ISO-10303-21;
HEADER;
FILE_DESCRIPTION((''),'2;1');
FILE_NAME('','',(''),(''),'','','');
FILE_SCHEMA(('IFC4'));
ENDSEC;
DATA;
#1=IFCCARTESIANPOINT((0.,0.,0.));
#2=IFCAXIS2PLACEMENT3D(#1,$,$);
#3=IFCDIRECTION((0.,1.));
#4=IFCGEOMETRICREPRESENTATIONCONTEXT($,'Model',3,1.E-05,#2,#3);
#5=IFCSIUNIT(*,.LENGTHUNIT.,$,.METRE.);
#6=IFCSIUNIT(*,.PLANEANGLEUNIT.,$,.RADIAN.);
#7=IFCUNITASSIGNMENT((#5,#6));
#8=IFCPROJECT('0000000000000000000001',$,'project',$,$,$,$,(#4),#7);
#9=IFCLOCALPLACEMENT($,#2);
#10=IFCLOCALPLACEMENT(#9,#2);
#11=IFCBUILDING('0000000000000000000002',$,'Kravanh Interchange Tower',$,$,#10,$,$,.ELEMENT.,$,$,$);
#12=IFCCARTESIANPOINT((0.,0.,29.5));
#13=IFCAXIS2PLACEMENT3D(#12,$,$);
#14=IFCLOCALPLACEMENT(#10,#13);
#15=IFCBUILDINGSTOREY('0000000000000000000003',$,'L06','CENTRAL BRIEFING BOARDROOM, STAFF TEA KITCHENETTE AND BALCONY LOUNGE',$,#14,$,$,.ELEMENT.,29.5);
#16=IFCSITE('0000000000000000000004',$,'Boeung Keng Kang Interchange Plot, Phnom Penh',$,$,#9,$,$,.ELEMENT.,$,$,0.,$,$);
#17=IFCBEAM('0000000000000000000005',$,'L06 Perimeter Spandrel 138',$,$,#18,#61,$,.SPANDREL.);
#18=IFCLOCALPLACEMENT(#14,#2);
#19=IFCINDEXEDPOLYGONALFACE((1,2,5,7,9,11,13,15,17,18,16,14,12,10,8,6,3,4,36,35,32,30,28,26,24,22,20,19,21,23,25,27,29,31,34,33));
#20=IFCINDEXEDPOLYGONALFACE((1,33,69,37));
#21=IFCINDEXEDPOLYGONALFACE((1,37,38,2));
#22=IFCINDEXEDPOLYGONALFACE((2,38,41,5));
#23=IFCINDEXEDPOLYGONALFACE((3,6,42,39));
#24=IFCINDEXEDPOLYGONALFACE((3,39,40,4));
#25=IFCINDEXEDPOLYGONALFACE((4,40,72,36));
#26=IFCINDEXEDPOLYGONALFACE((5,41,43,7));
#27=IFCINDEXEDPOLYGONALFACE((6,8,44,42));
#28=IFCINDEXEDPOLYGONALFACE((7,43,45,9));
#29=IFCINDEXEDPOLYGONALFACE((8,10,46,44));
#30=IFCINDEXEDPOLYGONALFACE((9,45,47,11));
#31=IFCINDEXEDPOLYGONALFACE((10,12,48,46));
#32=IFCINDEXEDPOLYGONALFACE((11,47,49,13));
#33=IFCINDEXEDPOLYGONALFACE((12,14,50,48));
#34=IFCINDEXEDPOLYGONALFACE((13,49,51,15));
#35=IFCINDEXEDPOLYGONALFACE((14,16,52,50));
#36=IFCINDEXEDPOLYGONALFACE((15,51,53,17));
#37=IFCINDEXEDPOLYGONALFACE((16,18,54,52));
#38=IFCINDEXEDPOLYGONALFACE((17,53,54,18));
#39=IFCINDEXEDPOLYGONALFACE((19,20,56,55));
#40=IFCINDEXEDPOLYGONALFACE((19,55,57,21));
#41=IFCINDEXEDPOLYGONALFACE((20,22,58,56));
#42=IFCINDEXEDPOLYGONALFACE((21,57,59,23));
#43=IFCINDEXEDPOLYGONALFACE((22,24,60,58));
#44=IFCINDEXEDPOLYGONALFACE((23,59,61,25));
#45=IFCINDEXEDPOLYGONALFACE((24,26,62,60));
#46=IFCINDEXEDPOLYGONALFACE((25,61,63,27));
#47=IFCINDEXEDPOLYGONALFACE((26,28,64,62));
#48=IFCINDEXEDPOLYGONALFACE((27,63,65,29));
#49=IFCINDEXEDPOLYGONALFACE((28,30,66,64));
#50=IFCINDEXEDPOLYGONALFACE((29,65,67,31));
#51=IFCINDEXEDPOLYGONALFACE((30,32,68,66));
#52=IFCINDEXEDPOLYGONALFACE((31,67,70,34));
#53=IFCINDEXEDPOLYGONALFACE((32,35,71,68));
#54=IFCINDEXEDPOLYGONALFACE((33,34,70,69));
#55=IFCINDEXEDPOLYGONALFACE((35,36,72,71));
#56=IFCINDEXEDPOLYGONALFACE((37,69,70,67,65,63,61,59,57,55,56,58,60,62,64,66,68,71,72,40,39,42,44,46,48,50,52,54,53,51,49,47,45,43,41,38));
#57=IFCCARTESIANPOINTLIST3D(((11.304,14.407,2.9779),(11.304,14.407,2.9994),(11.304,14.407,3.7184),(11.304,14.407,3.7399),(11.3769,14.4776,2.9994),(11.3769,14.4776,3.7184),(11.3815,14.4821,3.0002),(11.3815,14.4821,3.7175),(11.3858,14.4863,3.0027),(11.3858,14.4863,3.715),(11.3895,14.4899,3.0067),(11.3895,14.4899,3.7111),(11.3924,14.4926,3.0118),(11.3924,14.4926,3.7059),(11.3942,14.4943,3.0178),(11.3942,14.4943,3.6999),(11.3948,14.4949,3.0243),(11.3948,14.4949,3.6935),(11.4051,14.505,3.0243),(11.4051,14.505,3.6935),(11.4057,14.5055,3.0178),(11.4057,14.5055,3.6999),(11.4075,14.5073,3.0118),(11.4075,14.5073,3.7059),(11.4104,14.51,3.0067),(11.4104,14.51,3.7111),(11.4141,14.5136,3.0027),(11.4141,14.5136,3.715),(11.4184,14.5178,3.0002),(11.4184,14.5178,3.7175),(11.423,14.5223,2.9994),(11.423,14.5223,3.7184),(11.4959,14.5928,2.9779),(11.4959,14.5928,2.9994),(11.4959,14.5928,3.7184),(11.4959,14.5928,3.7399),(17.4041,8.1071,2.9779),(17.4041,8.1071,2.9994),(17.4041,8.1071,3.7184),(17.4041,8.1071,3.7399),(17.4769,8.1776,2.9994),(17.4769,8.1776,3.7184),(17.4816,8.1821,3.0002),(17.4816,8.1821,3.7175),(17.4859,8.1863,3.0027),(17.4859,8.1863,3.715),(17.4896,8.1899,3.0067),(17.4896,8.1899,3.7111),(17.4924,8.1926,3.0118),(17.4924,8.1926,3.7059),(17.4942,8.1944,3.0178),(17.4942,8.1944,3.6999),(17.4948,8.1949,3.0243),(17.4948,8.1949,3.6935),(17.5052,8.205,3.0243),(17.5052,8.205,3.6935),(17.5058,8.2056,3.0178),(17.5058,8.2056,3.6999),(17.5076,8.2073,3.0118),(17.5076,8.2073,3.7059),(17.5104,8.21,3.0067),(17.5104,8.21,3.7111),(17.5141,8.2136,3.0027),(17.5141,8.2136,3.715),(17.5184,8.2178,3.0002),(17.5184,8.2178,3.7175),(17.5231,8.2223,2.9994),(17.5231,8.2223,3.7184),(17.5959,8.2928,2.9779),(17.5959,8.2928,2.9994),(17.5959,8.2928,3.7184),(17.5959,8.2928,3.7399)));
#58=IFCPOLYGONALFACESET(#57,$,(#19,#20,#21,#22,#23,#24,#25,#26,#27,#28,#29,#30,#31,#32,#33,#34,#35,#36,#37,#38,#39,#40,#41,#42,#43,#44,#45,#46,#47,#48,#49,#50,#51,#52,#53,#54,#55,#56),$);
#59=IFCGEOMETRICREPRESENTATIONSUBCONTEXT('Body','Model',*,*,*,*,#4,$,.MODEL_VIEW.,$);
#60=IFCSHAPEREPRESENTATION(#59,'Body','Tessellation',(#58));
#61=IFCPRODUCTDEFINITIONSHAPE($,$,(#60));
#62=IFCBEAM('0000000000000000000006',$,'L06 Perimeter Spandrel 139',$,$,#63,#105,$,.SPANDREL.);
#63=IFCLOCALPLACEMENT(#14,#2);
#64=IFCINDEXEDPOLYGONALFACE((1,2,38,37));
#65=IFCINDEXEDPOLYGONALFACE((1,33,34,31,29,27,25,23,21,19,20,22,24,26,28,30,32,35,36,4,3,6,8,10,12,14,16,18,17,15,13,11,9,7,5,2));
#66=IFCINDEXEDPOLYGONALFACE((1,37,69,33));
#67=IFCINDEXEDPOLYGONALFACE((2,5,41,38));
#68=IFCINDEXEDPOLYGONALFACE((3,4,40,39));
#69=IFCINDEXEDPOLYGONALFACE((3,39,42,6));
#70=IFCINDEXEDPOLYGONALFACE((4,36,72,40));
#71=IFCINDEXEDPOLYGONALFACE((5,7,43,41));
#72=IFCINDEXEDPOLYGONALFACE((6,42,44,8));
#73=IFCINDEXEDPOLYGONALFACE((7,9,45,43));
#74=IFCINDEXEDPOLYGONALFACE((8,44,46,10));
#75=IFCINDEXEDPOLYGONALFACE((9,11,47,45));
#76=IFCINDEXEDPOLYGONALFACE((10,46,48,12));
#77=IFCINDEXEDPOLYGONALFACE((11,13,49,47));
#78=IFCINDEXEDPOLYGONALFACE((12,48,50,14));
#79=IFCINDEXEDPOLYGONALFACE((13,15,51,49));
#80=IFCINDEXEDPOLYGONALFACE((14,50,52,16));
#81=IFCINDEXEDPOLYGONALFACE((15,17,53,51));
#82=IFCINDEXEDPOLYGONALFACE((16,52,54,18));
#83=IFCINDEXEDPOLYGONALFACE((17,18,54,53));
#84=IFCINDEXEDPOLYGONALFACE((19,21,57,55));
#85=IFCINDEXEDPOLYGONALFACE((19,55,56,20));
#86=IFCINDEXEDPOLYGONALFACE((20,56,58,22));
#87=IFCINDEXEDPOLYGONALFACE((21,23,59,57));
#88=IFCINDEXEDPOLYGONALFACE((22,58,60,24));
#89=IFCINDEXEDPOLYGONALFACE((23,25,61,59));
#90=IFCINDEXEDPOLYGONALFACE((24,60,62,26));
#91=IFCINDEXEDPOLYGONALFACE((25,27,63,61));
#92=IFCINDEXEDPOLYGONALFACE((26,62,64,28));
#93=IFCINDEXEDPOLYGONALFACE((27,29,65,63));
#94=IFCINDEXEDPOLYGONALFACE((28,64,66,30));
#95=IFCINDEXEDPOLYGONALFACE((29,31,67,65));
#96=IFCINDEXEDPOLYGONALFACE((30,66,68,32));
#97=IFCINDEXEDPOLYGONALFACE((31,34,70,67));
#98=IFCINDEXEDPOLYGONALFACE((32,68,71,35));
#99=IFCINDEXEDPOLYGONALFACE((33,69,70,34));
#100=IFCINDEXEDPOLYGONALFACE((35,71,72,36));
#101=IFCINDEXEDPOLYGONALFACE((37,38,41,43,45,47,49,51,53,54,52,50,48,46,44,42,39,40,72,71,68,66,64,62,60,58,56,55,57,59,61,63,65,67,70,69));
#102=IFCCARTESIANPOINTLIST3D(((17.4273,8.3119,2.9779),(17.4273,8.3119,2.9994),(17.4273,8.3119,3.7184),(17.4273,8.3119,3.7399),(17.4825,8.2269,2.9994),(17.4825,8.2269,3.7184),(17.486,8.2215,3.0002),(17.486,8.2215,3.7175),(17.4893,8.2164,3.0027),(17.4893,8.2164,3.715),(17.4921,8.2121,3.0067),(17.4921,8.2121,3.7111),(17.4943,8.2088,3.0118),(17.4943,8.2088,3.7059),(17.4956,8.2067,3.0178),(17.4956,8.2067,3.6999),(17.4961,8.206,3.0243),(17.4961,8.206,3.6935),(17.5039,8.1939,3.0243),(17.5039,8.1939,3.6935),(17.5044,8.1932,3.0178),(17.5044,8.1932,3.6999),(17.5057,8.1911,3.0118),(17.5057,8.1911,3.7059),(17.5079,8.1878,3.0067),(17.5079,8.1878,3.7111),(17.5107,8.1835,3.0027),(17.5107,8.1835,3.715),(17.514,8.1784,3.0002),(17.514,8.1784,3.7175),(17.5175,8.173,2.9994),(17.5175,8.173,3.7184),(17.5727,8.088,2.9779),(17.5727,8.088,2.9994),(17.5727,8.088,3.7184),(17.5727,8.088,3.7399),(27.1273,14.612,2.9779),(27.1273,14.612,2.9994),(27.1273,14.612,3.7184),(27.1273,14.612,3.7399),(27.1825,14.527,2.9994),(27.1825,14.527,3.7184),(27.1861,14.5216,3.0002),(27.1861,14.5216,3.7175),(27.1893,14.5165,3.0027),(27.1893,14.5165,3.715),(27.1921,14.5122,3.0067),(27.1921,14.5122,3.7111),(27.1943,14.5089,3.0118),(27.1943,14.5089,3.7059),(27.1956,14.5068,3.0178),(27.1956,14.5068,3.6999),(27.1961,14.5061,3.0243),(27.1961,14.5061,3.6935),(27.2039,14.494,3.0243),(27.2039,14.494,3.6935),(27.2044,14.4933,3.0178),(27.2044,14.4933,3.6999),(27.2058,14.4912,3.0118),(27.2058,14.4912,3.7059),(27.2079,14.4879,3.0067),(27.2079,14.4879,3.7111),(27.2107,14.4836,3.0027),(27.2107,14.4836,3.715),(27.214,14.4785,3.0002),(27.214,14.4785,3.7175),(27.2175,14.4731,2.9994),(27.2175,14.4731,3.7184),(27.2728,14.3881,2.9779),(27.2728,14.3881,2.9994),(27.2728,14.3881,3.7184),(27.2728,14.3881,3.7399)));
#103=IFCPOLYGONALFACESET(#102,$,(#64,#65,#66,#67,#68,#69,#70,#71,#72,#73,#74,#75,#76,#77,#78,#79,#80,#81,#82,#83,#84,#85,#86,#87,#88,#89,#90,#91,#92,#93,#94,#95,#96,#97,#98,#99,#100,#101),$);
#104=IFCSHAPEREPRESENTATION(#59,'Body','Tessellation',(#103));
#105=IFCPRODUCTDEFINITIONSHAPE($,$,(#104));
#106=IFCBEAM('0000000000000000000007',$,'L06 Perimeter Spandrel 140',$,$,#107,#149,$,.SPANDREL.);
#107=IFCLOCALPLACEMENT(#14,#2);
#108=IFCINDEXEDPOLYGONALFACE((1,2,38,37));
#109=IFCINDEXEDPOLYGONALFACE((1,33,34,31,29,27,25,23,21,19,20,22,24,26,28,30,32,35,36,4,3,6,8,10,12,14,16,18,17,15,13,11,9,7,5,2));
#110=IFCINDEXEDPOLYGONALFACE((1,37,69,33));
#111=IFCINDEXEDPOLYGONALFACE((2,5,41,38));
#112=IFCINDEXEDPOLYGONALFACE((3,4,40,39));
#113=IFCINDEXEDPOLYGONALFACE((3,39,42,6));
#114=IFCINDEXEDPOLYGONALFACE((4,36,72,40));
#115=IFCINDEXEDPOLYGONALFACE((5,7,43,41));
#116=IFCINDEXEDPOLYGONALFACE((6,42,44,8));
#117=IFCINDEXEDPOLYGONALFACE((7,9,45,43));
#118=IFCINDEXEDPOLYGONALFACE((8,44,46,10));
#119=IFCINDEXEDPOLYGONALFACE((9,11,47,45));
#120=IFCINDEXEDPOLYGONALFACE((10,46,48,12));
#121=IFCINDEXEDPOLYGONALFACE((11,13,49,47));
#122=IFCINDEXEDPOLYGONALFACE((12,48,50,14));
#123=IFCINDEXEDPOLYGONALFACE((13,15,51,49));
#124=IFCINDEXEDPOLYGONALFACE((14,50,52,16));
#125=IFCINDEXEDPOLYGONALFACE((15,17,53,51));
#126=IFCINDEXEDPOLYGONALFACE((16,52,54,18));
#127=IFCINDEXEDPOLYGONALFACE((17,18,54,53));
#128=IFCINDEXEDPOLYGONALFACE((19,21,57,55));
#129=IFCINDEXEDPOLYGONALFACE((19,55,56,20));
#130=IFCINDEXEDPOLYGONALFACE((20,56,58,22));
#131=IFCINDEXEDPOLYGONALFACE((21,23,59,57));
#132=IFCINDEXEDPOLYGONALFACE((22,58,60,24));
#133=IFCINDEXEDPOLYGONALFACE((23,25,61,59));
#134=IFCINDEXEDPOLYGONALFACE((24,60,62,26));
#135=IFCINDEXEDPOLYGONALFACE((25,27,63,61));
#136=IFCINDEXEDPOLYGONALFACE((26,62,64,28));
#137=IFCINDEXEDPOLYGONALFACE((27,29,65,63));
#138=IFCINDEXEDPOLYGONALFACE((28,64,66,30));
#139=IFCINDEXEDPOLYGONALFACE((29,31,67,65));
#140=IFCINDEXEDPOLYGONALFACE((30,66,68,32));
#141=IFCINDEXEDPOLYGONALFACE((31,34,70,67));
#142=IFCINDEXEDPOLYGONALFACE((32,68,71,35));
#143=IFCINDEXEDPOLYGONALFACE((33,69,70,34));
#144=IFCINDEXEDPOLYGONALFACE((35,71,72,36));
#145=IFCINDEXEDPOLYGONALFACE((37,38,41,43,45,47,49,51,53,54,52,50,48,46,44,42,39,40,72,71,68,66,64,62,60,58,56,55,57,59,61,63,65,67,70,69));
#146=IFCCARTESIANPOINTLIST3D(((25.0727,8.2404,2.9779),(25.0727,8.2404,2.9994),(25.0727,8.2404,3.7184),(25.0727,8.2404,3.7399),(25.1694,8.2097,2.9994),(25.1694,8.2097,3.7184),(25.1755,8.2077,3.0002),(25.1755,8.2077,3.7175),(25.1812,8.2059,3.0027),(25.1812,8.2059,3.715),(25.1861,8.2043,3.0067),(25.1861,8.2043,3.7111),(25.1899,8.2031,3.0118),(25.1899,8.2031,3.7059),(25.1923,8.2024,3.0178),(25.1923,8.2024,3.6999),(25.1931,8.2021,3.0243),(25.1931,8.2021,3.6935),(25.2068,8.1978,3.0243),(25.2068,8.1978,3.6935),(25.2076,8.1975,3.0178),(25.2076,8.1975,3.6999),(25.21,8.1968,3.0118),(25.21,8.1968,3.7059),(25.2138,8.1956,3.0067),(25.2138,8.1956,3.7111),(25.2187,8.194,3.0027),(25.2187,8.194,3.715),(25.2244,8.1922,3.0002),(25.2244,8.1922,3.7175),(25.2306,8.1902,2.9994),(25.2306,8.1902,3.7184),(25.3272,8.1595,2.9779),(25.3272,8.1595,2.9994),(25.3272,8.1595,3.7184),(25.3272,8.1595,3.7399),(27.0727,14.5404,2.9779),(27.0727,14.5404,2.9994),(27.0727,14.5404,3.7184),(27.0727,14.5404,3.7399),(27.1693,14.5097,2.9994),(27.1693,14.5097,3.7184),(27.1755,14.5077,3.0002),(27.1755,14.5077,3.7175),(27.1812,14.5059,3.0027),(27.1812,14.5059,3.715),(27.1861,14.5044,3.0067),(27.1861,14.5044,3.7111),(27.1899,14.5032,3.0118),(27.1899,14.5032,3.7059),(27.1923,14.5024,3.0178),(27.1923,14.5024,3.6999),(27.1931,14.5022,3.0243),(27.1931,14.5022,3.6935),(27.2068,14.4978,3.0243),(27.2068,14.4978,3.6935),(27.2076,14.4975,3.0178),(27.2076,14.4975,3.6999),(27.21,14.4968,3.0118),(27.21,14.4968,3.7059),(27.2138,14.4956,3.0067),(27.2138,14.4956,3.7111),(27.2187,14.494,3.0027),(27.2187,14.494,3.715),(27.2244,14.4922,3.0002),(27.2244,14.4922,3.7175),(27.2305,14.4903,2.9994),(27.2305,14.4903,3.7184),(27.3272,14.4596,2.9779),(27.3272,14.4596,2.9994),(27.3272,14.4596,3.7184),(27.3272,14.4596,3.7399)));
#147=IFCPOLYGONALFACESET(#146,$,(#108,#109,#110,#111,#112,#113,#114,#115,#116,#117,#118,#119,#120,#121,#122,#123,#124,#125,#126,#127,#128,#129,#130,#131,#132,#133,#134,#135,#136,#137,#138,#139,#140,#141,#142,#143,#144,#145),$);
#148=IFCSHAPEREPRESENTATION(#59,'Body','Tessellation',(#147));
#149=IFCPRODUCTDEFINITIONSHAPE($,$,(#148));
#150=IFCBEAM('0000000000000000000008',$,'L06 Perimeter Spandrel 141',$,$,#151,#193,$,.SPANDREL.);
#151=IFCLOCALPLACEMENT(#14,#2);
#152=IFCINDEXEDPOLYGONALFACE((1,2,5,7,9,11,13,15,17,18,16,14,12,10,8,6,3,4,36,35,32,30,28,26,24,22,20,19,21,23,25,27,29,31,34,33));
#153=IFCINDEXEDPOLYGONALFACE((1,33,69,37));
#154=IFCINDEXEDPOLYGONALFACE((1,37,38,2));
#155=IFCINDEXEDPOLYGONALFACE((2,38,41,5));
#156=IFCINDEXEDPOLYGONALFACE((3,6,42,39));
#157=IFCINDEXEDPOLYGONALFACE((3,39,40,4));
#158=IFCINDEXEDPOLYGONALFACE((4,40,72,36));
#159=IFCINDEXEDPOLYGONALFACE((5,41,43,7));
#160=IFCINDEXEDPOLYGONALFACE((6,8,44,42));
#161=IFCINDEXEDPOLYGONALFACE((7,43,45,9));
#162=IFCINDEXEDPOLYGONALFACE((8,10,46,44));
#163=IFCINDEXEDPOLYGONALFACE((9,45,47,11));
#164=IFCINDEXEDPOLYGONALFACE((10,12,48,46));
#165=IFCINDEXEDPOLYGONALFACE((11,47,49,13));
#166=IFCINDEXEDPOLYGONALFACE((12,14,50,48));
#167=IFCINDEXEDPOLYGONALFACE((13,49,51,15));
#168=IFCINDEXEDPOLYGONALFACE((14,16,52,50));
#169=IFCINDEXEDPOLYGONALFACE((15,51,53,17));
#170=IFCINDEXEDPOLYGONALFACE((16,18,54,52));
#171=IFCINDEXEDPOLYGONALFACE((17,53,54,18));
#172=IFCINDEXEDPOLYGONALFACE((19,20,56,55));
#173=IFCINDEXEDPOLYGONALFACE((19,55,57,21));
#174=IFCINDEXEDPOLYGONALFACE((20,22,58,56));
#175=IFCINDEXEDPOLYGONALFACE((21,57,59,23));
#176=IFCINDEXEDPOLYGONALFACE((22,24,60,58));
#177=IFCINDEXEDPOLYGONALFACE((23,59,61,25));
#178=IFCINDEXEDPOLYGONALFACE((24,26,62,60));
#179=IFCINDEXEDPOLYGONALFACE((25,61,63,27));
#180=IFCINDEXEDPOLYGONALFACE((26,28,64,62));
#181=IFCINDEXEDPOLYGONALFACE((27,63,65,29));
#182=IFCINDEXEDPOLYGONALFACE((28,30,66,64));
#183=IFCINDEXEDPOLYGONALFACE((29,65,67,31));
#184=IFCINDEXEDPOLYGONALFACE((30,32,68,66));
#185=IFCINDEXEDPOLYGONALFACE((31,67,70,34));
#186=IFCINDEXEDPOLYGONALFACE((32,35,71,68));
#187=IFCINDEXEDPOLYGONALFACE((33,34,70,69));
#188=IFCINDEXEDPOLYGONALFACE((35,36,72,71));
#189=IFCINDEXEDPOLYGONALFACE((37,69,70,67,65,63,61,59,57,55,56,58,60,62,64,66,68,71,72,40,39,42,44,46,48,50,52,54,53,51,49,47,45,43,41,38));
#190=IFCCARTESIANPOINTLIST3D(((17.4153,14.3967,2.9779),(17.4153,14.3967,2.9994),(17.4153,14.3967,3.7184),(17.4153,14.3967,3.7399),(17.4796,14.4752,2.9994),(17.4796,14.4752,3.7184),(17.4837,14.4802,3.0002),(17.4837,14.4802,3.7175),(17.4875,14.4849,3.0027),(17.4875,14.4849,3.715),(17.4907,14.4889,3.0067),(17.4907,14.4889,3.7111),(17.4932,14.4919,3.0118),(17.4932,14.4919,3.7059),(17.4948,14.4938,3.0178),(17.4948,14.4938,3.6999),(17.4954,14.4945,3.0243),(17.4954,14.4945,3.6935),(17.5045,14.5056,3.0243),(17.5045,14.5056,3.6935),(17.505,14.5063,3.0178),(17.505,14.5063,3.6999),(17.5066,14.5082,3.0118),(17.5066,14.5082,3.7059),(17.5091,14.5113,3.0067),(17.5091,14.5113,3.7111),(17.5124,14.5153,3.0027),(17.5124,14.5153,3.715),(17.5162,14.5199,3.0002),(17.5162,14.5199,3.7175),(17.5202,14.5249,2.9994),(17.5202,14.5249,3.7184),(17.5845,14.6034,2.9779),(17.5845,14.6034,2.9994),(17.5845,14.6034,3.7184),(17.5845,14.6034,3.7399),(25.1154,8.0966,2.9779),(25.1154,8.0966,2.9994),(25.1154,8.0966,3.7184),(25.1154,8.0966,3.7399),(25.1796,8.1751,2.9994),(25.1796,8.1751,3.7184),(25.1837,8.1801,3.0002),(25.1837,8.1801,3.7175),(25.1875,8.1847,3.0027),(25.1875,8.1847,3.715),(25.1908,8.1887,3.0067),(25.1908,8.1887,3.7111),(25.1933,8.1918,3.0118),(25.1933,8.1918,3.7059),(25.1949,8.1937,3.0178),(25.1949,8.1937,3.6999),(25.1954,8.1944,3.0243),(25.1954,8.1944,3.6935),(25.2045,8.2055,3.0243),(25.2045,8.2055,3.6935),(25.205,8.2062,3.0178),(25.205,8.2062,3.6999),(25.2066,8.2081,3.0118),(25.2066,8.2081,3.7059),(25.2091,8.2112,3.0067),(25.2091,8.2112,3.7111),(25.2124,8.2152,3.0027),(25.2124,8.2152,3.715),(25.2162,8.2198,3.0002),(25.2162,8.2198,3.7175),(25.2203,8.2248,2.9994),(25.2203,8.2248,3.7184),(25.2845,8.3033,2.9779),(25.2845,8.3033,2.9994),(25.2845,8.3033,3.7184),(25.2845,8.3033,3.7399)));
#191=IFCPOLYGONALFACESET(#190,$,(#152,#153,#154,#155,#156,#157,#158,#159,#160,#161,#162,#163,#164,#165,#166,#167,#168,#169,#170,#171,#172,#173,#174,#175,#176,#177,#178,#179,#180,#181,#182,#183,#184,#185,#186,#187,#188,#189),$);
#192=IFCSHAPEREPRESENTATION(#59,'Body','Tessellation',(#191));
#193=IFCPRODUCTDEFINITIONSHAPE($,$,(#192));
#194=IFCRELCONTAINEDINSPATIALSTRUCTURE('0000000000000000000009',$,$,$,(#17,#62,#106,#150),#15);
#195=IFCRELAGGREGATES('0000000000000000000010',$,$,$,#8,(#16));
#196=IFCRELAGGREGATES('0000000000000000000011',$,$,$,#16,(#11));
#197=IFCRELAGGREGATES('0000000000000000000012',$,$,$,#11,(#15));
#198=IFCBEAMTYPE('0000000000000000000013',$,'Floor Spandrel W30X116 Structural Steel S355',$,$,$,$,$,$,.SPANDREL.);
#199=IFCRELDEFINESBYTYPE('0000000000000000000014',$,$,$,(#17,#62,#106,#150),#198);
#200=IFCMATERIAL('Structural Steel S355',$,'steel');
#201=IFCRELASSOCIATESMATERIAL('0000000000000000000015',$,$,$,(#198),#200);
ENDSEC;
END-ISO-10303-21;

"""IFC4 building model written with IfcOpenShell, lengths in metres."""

from ifc_helpers import new_model, si_unit, direction, frame, origin, origin_2d, place, context, subcontext, project, spatial, i_section, extrude, material, material_profile, profile_set, type_object, element, save


model = new_model("IFC4")

# Units and contexts
model_context = context("Model", 3, precision=1e-05, world=origin(), true_north=direction((0.0, 1.0)))
body_context = subcontext(model_context, "Body", "Model", "MODEL_VIEW")
ifc_project = project(units=[si_unit("LENGTHUNIT", "METRE"), si_unit("PLANEANGLEUNIT", "RADIAN")], contexts=[model_context])

# Site, building, storey
site_placement = place(None, origin())
site = spatial("IfcSite", under=ifc_project, at=site_placement, Name="Boeung Keng Kang Interchange Plot, Phnom Penh", CompositionType="ELEMENT", RefElevation=0.0)
building_placement = place(site_placement, origin())
building = spatial("IfcBuilding", under=site, at=building_placement, Name="Kravanh Interchange Tower", CompositionType="ELEMENT")
storey_placement = place(building_placement, frame((0.0, 0.0, 29.5)))
storey = spatial("IfcBuildingStorey", under=building, at=storey_placement, Name="L06", Description="CENTRAL BRIEFING BOARDROOM, STAFF TEA KITCHENETTE AND BALCONY LOUNGE", CompositionType="ELEMENT", Elevation=29.5)

# Beams
ifc_material_1 = material(Name="Structural Steel S355", Category="steel")
ifc_material_profile_1 = material_profile(ifc_material_1, i_section(OverallWidth=0.2671, OverallDepth=0.762, WebThickness=0.0144, FlangeThickness=0.0215, FilletRadius=0.0249, at=origin_2d()), Name="W30X116")
ifc_profile_set_1 = profile_set([ifc_material_profile_1], Name="Structural Steel S355")
beam_type_1 = type_object("IfcBeamType", Name="Floor Spandrel W30X116 Structural Steel S355", PredefinedType="SPANDREL", material=ifc_profile_set_1)
beam_1_placement = place(storey_placement, frame((17.5, 8.2, 3.3589), z_axis=(-0.695614, 0.718415, 0.0), x_axis=(-0.718415, -0.695614, 0.0)))
element("IfcBeam", 1, at=beam_1_placement, inside=storey, type_object=beam_type_1, Name="L06 Perimeter Spandrel 138", PredefinedType="SPANDREL", context=body_context, shape_type="SweptSolid", body=[
    extrude(i_section(OverallWidth=0.2671, OverallDepth=0.762, WebThickness=0.0144, FlangeThickness=0.0215, FilletRadius=0.0249, at=origin_2d()), origin(), (0.0, 0.0, 1.0), 8.7693),
])
beam_2_placement = place(storey_placement, frame((17.5, 8.2, 3.3589), z_axis=(0.838638, 0.544689, 0.0), x_axis=(-0.544689, 0.838638, 0.0)))
element("IfcBeam", 2, at=beam_2_placement, inside=storey, type_object=beam_type_1, Name="L06 Perimeter Spandrel 139", PredefinedType="SPANDREL", context=body_context, shape_type="SweptSolid", body=[
    extrude(i_section(OverallWidth=0.2671, OverallDepth=0.762, WebThickness=0.0144, FlangeThickness=0.0215, FilletRadius=0.0249, at=origin_2d()), origin(), (0.0, 0.0, 1.0), 11.5664),
])
beam_3_placement = place(storey_placement, frame((25.2, 8.2, 3.3589), z_axis=(0.302577, 0.953125, 0.0), x_axis=(-0.953125, 0.302577, 0.0)))
element("IfcBeam", 3, at=beam_3_placement, inside=storey, type_object=beam_type_1, Name="L06 Perimeter Spandrel 140", PredefinedType="SPANDREL", context=body_context, shape_type="SweptSolid", body=[
    extrude(i_section(OverallWidth=0.2671, OverallDepth=0.762, WebThickness=0.0144, FlangeThickness=0.0215, FilletRadius=0.0249, at=origin_2d()), origin(), (0.0, 0.0, 1.0), 6.6099),
])
beam_4_placement = place(storey_placement, frame((25.2, 8.2, 3.3589), z_axis=(-0.773953, 0.633243, 0.0), x_axis=(-0.633243, -0.773953, 0.0)))
element("IfcBeam", 4, at=beam_4_placement, inside=storey, type_object=beam_type_1, Name="L06 Perimeter Spandrel 141", PredefinedType="SPANDREL", context=body_context, shape_type="SweptSolid", body=[
    extrude(i_section(OverallWidth=0.2671, OverallDepth=0.762, WebThickness=0.0144, FlangeThickness=0.0215, FilletRadius=0.0249, at=origin_2d()), origin(), (0.0, 0.0, 1.0), 9.949),
])

save(model, "model.ifc")
